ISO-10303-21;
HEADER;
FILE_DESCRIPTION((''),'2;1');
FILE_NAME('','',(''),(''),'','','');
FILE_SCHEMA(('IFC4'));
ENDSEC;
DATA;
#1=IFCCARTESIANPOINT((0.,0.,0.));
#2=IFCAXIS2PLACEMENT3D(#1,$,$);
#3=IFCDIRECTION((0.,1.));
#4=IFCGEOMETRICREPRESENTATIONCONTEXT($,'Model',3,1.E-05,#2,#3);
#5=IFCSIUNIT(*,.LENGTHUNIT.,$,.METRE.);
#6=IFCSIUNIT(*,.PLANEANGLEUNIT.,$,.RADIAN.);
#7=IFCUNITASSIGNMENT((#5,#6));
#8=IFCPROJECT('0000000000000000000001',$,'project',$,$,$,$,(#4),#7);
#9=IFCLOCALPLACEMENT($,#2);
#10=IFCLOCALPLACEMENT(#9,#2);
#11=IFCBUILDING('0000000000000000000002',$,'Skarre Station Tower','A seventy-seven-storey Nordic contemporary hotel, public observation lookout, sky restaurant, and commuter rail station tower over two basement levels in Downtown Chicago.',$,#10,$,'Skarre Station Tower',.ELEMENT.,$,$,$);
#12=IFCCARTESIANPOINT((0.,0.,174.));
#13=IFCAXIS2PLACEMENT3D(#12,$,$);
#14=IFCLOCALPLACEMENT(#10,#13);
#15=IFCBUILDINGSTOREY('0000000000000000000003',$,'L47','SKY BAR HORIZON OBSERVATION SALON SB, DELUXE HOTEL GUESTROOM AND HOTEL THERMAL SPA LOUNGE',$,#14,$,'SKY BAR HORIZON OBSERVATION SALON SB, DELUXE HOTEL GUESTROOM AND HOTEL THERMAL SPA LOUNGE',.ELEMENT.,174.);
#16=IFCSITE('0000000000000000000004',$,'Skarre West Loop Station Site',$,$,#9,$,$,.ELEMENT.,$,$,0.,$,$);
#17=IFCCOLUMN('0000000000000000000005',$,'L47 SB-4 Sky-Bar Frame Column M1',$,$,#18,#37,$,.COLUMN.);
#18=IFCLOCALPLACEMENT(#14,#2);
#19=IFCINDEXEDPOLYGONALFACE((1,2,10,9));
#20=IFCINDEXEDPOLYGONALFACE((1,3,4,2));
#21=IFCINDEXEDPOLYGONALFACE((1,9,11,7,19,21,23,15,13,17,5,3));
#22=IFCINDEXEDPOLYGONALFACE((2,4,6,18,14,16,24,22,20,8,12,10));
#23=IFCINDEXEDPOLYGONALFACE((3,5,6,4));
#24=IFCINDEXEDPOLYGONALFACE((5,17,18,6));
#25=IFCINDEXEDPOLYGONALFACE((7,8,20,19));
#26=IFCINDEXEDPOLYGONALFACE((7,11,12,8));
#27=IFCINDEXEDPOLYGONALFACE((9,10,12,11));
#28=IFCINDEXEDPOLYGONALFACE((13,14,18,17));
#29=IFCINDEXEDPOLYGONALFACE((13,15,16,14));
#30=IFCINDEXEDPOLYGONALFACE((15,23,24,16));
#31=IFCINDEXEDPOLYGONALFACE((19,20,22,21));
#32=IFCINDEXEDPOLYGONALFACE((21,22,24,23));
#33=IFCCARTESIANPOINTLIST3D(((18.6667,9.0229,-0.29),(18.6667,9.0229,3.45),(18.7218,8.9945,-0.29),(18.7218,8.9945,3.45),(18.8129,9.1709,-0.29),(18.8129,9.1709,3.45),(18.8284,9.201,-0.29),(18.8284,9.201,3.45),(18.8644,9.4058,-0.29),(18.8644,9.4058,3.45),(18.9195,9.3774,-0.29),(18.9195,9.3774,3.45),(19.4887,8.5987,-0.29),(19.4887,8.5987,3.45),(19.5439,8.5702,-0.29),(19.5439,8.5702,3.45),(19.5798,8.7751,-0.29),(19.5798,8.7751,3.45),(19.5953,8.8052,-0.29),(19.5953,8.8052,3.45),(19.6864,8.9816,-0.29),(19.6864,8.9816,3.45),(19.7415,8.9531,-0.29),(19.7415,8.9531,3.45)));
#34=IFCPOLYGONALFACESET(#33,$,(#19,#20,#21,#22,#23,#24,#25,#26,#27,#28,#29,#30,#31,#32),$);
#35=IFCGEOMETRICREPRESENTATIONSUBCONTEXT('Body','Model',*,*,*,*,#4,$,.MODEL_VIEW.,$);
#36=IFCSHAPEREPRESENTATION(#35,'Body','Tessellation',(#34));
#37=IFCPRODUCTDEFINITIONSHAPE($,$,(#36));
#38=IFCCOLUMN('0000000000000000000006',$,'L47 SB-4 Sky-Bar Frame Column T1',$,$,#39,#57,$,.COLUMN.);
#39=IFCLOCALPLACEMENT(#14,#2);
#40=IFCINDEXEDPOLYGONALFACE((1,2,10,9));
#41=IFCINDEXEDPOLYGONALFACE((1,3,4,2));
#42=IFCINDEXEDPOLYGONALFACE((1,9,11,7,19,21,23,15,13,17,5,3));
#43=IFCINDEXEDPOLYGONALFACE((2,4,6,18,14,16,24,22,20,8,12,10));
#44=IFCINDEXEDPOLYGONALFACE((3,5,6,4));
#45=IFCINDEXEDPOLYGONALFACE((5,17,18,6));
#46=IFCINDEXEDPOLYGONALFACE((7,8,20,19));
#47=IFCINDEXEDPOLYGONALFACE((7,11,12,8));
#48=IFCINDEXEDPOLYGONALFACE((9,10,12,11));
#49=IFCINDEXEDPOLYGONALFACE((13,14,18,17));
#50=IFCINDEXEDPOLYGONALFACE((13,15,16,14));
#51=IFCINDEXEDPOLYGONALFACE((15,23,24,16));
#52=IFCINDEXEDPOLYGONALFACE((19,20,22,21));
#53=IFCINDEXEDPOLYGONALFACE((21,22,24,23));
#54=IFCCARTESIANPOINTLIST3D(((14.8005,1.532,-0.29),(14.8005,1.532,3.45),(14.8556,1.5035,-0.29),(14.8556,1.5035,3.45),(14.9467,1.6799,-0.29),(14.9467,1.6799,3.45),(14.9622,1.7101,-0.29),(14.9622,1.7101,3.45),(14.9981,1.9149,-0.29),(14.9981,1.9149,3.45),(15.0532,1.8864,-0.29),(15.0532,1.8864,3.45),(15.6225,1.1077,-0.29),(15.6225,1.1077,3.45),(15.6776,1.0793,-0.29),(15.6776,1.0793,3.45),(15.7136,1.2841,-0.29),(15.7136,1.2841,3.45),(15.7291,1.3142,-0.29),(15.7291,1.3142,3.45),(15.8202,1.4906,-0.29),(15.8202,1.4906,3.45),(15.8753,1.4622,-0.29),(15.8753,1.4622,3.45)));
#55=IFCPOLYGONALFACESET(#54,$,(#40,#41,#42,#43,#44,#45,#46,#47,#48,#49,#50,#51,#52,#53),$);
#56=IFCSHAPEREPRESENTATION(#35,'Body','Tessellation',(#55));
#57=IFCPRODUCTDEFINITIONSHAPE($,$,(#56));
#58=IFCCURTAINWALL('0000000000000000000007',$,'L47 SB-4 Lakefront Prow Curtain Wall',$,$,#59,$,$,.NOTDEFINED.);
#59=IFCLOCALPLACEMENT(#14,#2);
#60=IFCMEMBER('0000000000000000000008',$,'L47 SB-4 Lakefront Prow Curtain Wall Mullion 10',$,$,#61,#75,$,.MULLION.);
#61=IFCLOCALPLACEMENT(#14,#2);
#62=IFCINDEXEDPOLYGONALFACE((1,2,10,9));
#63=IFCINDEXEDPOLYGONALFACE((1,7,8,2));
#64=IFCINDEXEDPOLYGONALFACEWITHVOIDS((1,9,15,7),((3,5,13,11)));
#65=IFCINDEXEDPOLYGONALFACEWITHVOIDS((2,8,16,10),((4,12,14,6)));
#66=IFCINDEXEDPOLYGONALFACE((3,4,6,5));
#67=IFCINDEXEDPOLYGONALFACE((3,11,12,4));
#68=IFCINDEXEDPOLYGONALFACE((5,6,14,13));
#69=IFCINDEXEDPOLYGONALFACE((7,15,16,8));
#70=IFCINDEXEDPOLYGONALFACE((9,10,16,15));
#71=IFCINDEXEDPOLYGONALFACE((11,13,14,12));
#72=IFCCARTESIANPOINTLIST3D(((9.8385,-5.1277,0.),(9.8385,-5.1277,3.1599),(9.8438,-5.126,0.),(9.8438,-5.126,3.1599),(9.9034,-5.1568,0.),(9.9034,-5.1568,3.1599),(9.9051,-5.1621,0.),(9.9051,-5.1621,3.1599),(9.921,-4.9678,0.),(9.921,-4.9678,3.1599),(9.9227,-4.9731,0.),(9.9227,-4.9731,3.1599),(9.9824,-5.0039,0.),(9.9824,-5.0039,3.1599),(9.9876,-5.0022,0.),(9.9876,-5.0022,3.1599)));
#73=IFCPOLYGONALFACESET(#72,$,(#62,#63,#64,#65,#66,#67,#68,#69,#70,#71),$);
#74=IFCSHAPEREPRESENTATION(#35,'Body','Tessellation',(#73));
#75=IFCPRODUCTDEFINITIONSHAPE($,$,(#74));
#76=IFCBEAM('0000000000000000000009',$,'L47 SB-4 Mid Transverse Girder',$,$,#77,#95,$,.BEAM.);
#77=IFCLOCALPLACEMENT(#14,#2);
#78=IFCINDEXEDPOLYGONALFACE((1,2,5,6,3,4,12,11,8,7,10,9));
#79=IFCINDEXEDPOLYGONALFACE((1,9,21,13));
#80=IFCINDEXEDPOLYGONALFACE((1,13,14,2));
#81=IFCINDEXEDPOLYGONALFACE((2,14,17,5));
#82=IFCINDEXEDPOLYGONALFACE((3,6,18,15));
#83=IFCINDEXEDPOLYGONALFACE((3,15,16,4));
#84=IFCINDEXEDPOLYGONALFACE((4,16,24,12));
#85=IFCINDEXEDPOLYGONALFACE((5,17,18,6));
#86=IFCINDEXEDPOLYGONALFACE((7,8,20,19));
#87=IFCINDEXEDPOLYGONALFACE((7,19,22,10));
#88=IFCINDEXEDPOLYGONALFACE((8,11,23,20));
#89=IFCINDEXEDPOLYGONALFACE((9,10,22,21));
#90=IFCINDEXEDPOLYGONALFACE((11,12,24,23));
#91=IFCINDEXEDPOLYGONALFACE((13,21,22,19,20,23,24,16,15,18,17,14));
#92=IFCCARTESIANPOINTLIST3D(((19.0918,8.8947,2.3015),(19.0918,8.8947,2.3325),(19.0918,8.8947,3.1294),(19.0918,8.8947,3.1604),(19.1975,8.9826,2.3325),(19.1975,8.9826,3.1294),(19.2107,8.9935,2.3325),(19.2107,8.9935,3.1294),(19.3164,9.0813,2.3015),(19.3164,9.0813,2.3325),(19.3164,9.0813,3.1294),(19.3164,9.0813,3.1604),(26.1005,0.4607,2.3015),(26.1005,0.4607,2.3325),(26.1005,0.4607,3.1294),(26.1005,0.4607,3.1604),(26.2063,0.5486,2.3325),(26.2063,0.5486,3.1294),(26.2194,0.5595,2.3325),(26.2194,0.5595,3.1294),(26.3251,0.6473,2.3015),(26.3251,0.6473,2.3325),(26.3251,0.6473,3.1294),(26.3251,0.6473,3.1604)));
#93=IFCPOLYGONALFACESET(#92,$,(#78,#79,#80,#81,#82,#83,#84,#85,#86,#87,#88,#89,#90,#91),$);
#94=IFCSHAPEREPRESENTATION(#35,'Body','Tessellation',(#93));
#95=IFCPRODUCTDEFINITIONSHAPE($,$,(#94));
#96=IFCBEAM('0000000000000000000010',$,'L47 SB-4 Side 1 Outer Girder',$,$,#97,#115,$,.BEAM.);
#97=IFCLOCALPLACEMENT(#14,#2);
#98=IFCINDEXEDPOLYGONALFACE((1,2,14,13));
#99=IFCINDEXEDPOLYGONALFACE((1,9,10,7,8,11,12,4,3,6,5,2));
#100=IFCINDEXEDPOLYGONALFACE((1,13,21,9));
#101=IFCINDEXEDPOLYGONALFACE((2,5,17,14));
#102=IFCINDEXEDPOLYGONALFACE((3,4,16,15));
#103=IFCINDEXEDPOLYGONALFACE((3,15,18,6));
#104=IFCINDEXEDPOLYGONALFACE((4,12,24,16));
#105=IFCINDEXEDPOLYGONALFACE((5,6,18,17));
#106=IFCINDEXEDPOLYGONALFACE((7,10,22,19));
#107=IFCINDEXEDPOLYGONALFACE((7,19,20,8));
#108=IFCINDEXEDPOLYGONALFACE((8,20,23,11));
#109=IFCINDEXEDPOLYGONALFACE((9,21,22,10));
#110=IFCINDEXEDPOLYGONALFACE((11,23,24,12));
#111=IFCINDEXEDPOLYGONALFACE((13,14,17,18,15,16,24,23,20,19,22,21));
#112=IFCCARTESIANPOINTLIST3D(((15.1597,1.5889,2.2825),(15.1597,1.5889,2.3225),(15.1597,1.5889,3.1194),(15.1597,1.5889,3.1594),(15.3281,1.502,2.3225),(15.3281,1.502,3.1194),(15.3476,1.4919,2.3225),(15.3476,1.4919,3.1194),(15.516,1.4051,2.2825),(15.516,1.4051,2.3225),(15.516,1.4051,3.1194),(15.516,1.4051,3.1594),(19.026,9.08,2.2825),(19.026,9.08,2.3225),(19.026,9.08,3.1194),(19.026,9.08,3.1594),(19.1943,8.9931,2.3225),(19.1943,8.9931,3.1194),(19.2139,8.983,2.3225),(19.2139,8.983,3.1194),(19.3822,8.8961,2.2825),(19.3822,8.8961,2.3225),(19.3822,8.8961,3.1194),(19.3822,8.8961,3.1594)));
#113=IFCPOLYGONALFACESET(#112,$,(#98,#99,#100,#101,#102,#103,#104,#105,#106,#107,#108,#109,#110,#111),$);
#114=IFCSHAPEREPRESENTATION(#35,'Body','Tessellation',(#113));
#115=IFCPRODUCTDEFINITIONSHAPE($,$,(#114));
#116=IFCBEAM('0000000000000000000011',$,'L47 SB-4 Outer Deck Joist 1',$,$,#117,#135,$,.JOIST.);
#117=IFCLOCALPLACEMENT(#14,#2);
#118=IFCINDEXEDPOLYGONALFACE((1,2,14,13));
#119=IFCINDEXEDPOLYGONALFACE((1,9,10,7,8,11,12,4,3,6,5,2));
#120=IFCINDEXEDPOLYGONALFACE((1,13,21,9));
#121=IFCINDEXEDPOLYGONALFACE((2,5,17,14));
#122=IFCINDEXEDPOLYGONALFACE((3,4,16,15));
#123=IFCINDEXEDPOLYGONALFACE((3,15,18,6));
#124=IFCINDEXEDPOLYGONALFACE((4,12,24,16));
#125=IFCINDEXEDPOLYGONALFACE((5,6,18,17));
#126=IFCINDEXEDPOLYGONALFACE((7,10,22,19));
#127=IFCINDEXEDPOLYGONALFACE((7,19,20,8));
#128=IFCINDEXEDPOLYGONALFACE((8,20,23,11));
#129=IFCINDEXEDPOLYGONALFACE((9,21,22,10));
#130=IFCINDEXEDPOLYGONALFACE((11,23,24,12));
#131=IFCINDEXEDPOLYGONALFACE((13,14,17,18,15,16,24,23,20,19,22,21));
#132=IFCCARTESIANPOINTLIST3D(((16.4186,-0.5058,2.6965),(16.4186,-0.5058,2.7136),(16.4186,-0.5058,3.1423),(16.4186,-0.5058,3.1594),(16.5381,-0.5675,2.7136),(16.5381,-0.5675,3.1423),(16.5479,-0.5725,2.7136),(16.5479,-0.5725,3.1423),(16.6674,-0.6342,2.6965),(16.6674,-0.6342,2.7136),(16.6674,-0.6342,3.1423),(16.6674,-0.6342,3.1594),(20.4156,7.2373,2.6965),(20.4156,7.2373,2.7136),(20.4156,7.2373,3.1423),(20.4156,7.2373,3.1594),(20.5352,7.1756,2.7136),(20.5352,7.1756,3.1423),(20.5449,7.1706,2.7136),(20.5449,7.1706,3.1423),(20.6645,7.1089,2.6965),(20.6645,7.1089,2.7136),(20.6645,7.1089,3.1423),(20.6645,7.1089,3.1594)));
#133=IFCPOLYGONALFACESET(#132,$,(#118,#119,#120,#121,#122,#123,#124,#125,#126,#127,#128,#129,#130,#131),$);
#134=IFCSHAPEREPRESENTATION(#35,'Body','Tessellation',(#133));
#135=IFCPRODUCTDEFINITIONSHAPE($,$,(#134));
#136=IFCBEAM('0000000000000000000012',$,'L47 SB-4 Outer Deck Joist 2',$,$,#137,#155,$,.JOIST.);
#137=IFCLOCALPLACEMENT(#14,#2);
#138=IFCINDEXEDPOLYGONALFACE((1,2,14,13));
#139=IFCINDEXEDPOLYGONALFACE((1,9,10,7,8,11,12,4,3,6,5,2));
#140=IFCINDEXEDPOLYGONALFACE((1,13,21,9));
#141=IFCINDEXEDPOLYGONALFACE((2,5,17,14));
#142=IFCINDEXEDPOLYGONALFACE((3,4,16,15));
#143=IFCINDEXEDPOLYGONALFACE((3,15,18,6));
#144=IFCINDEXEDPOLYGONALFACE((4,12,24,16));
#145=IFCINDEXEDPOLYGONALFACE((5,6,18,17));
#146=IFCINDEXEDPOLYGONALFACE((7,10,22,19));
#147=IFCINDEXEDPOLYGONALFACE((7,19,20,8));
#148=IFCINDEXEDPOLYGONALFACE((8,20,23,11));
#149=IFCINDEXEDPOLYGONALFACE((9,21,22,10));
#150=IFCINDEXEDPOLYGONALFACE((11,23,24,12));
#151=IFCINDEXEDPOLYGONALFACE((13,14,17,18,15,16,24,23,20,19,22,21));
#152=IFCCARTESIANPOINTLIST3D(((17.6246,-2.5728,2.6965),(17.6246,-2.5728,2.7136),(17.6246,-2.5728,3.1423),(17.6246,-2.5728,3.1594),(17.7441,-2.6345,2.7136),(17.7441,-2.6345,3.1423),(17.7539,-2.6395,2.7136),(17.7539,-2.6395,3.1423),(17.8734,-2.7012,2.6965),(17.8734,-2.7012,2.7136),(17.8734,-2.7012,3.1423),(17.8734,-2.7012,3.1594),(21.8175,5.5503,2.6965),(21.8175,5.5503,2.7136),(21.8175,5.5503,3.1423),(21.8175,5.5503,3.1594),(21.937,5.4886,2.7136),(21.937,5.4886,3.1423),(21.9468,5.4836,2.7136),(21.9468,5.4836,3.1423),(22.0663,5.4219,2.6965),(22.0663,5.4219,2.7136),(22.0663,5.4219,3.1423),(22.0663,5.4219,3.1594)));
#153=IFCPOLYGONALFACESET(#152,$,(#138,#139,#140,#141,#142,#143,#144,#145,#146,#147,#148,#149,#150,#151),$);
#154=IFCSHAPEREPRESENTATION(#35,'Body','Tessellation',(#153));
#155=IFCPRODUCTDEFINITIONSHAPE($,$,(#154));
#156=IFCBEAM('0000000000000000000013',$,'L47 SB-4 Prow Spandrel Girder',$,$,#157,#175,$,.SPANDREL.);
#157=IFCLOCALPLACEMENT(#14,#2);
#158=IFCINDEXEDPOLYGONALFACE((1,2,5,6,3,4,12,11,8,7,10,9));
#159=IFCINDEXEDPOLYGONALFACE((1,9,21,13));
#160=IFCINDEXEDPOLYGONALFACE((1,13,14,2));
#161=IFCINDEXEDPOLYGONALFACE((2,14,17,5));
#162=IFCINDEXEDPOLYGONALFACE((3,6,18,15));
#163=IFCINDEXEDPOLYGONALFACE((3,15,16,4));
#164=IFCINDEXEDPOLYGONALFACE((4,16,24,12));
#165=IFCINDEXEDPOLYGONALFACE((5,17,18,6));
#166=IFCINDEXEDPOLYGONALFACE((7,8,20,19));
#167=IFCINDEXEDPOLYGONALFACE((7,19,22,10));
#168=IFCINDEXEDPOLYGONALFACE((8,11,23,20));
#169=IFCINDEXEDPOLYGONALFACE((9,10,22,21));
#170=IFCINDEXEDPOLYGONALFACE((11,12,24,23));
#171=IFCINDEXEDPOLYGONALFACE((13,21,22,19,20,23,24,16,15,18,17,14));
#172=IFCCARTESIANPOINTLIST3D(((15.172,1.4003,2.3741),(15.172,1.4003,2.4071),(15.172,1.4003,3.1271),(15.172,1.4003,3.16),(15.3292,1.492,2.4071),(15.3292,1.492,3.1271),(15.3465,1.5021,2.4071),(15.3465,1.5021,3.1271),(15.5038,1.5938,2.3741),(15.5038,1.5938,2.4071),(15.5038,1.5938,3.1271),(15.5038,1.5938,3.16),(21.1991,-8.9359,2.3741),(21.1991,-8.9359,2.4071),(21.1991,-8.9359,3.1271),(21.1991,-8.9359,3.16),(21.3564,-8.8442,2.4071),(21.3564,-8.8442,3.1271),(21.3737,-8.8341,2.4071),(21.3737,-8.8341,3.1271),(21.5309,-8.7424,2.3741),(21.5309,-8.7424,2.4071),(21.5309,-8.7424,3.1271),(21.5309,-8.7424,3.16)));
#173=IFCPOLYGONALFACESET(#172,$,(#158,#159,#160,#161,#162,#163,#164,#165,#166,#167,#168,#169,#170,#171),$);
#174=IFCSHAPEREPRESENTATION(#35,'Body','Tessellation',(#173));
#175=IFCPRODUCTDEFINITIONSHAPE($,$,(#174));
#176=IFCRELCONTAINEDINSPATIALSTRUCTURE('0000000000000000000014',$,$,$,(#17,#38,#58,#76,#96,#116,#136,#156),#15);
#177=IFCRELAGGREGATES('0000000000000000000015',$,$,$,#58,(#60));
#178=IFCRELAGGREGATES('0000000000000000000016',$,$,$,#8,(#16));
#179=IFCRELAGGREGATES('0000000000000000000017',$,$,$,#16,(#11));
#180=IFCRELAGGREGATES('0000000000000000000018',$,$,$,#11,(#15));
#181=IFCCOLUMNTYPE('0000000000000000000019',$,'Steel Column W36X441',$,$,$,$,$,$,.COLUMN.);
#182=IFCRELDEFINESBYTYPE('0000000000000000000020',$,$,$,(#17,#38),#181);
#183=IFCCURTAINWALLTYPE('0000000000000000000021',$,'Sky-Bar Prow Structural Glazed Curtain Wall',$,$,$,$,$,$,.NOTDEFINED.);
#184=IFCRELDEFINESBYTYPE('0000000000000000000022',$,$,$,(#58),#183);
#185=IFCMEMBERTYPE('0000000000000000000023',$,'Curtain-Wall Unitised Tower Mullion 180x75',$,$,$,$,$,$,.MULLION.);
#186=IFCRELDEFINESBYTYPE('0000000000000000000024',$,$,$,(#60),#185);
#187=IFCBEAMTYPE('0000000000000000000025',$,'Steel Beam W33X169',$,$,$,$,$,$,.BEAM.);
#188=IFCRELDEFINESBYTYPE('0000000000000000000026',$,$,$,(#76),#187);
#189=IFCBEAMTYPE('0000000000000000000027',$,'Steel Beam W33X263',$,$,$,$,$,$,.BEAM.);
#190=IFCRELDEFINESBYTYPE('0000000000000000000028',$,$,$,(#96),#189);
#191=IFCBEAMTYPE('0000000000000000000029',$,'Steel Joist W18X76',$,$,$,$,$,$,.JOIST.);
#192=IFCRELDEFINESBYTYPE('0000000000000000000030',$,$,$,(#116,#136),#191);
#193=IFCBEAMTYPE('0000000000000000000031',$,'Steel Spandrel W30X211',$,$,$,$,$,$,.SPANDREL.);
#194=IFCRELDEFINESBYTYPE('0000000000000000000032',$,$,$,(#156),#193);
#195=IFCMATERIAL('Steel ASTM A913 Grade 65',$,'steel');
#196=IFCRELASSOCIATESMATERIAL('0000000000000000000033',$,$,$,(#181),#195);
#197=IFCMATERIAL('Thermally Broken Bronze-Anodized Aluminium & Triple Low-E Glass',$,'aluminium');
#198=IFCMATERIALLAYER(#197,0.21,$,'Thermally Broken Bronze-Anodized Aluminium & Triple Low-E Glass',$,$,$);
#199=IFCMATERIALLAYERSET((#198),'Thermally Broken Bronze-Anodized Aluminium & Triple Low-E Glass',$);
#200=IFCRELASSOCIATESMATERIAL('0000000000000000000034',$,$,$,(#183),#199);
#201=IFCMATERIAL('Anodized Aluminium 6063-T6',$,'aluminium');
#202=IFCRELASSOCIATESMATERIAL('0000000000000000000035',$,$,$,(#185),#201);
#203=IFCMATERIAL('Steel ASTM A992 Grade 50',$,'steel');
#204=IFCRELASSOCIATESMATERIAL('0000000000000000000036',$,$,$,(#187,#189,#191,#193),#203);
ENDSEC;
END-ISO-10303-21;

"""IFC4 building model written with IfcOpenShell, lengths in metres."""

from ifc_helpers import new_model, si_unit, direction, frame, origin, origin_2d, place, context, subcontext, project, spatial, hollow_rectangle, i_section, extrude, material, layer, layer_set, material_profile, profile_set, type_object, element, aggregate, save


model = new_model("IFC4")

# Units and contexts
model_context = context("Model", 3, precision=1e-05, world=origin(), true_north=direction((0.0, 1.0)))
body_context = subcontext(model_context, "Body", "Model", "MODEL_VIEW")
ifc_project = project(units=[si_unit("LENGTHUNIT", "METRE"), si_unit("PLANEANGLEUNIT", "RADIAN")], contexts=[model_context])

# Site, building, storey
site_placement = place(None, origin())
site = spatial("IfcSite", under=ifc_project, at=site_placement, Name="Skarre West Loop Station Site", CompositionType="ELEMENT", RefElevation=0.0)
building_placement = place(site_placement, origin())
building = spatial("IfcBuilding", under=site, at=building_placement, Name="Skarre Station Tower", Description="A seventy-seven-storey Nordic contemporary hotel, public observation lookout, sky restaurant, and commuter rail station tower over two basement levels in Downtown Chicago.", LongName="Skarre Station Tower", CompositionType="ELEMENT")
storey_placement = place(building_placement, frame((0.0, 0.0, 174.0)))
storey = spatial("IfcBuildingStorey", under=building, at=storey_placement, Name="L47", Description="SKY BAR HORIZON OBSERVATION SALON SB, DELUXE HOTEL GUESTROOM AND HOTEL THERMAL SPA LOUNGE", LongName="SKY BAR HORIZON OBSERVATION SALON SB, DELUXE HOTEL GUESTROOM AND HOTEL THERMAL SPA LOUNGE", CompositionType="ELEMENT", Elevation=174.0)

# Columns
ifc_material_1 = material(Name="Steel ASTM A913 Grade 65", Category="steel")
ifc_material_profile_1 = material_profile(ifc_material_1, i_section(OverallWidth=0.4309, OverallDepth=0.9871, WebThickness=0.0339, FlangeThickness=0.062, at=origin_2d()), Name="Steel ASTM A913 Grade 65")
ifc_profile_set_1 = profile_set([ifc_material_profile_1], Name="Steel ASTM A913 Grade 65")
column_type = type_object("IfcColumnType", Name="Steel Column W36X441", PredefinedType="COLUMN", material=ifc_profile_set_1)
for number, where, z_axis, x_axis, name in (
    (1, (19.2041, 8.988, -0.29), (0.0, 0.0, 1.0), (-0.458634, -0.888625, 0.0), "L47 SB-4 Sky-Bar Frame Column M1"),
    (2, (15.3379, 1.4971, -0.29), (0.0, 0.0, 1.0), (-0.458634, -0.888625, 0.0), "L47 SB-4 Sky-Bar Frame Column T1"),
):
    element("IfcColumn", number, at=place(storey_placement, frame(where, z_axis=z_axis, x_axis=x_axis)), inside=storey, type_object=column_type, Name=name, PredefinedType="COLUMN", context=body_context, shape_type="SweptSolid", body=[
        extrude(i_section(OverallWidth=0.4309, OverallDepth=0.9871, WebThickness=0.0339, FlangeThickness=0.062, at=origin_2d()), origin(), (0.0, 0.0, 1.0), 3.74),
    ])

# Curtain wall, member
ifc_material_2 = material(Name="Thermally Broken Bronze-Anodized Aluminium & Triple Low-E Glass", Category="aluminium")
ifc_layer_1 = layer(ifc_material_2, 0.21, Name="Thermally Broken Bronze-Anodized Aluminium & Triple Low-E Glass")
ifc_layer_set_1 = layer_set([ifc_layer_1], Name="Thermally Broken Bronze-Anodized Aluminium & Triple Low-E Glass")
curtain_wall_type = type_object("IfcCurtainWallType", Name="Sky-Bar Prow Structural Glazed Curtain Wall", PredefinedType="NOTDEFINED", material=ifc_layer_set_1)
curtain_wall_placement = place(storey_placement, origin())
curtain_wall = element("IfcCurtainWall", 3, at=curtain_wall_placement, inside=storey, type_object=curtain_wall_type, Name="L47 SB-4 Lakefront Prow Curtain Wall", PredefinedType="NOTDEFINED")
ifc_material_3 = material(Name="Anodized Aluminium 6063-T6", Category="aluminium")
ifc_material_profile_2 = material_profile(ifc_material_3, hollow_rectangle(XDim=0.075, YDim=0.1799, WallThickness=0.0039, at=origin_2d()), Name="Anodized Aluminium 6063-T6")
ifc_profile_set_2 = profile_set([ifc_material_profile_2], Name="Anodized Aluminium 6063-T6")
member_type = type_object("IfcMemberType", Name="Curtain-Wall Unitised Tower Mullion 180x75", PredefinedType="MULLION", material=ifc_profile_set_2)
member_placement = place(storey_placement, frame((9.9131, -5.0649, 0.0), z_axis=(0.0, 0.0, 1.0), x_axis=(-0.888625, 0.458634, 0.0)))
member = element("IfcMember", 4, at=member_placement, type_object=member_type, Name="L47 SB-4 Lakefront Prow Curtain Wall Mullion 10", PredefinedType="MULLION", context=body_context, shape_type="SweptSolid", body=[
    extrude(hollow_rectangle(XDim=0.075, YDim=0.1799, WallThickness=0.0039, at=origin_2d()), origin(), (0.0, 0.0, 1.0), 3.1599),
])
aggregate(curtain_wall, [member])

# Beams
ifc_material_4 = material(Name="Steel ASTM A992 Grade 50", Category="steel")
ifc_material_profile_3 = material_profile(ifc_material_4, i_section(OverallWidth=0.292, OverallDepth=0.8589, WebThickness=0.0171, FlangeThickness=0.031, at=origin_2d()), Name="Steel ASTM A992 Grade 50")
ifc_profile_set_3 = profile_set([ifc_material_profile_3], Name="Steel ASTM A992 Grade 50")
beam_type_1 = type_object("IfcBeamType", Name="Steel Beam W33X169", PredefinedType="BEAM", material=ifc_profile_set_3)
beam_1_placement = place(storey_placement, frame((19.2041, 8.988, 2.731), z_axis=(0.639128, -0.7691, 0.0), x_axis=(0.7691, 0.639128, 0.0)))
element("IfcBeam", 5, at=beam_1_placement, inside=storey, type_object=beam_type_1, Name="L47 SB-4 Mid Transverse Girder", PredefinedType="BEAM", context=body_context, shape_type="SweptSolid", body=[
    extrude(i_section(OverallWidth=0.292, OverallDepth=0.8589, WebThickness=0.0171, FlangeThickness=0.031, at=origin_2d()), origin(), (0.0, 0.0, 1.0), 10.9661),
])
ifc_material_profile_4 = material_profile(ifc_material_4, i_section(OverallWidth=0.4009, OverallDepth=0.877, WebThickness=0.022, FlangeThickness=0.04, at=origin_2d()), Name="Steel ASTM A992 Grade 50")
ifc_profile_set_4 = profile_set([ifc_material_profile_4], Name="Steel ASTM A992 Grade 50")
beam_type_2 = type_object("IfcBeamType", Name="Steel Beam W33X263", PredefinedType="BEAM", material=ifc_profile_set_4)
beam_2_placement = place(storey_placement, frame((19.2041, 8.988, 2.7209), z_axis=(-0.458634, -0.888625, 0.0), x_axis=(0.888625, -0.458634, 0.0)))
element("IfcBeam", 6, at=beam_2_placement, inside=storey, type_object=beam_type_2, Name="L47 SB-4 Side 1 Outer Girder", PredefinedType="BEAM", context=body_context, shape_type="SweptSolid", body=[
    extrude(i_section(OverallWidth=0.4009, OverallDepth=0.877, WebThickness=0.022, FlangeThickness=0.04, at=origin_2d()), origin(), (0.0, 0.0, 1.0), 8.4299),
])
ifc_material_profile_5 = material_profile(ifc_material_4, i_section(OverallWidth=0.28, OverallDepth=0.4629, WebThickness=0.011, FlangeThickness=0.0171, at=origin_2d()), Name="Steel ASTM A992 Grade 50")
ifc_profile_set_5 = profile_set([ifc_material_profile_5], Name="Steel ASTM A992 Grade 50")
beam_type_3 = type_object("IfcBeamType", Name="Steel Joist W18X76", PredefinedType="JOIST", material=ifc_profile_set_5)
beam_3_placement = place(storey_placement, frame((20.54, 7.1731, 2.928), z_axis=(-0.458697, -0.888593, 0.0), x_axis=(0.888593, -0.458697, 0.0)))
element("IfcBeam", 7, at=beam_3_placement, inside=storey, type_object=beam_type_3, Name="L47 SB-4 Outer Deck Joist 1", PredefinedType="JOIST", context=body_context, shape_type="SweptSolid", body=[
    extrude(i_section(OverallWidth=0.28, OverallDepth=0.4629, WebThickness=0.011, FlangeThickness=0.0171, at=origin_2d()), origin(), (0.0, 0.0, 1.0), 8.7139),
])
beam_4_placement = place(storey_placement, frame((21.9419, 5.4861, 2.928), z_axis=(-0.458671, -0.888606, 0.0), x_axis=(0.888606, -0.458671, 0.0)))
element("IfcBeam", 8, at=beam_4_placement, inside=storey, type_object=beam_type_3, Name="L47 SB-4 Outer Deck Joist 2", PredefinedType="JOIST", context=body_context, shape_type="SweptSolid", body=[
    extrude(i_section(OverallWidth=0.28, OverallDepth=0.4629, WebThickness=0.011, FlangeThickness=0.0171, at=origin_2d()), origin(), (0.0, 0.0, 1.0), 9.1414),
])
ifc_material_profile_6 = material_profile(ifc_material_4, i_section(OverallWidth=0.384, OverallDepth=0.7859, WebThickness=0.02, FlangeThickness=0.033, at=origin_2d()), Name="Steel ASTM A992 Grade 50")
ifc_profile_set_6 = profile_set([ifc_material_profile_6], Name="Steel ASTM A992 Grade 50")
beam_type_4 = type_object("IfcBeamType", Name="Steel Spandrel W30X211", PredefinedType="SPANDREL", material=ifc_profile_set_6)
beam_5_placement = place(storey_placement, frame((15.3379, 1.4971, 2.7671), z_axis=(0.503725, -0.863864, 0.0), x_axis=(0.863864, 0.503725, 0.0)))
element("IfcBeam", 9, at=beam_5_placement, inside=storey, type_object=beam_type_4, Name="L47 SB-4 Prow Spandrel Girder", PredefinedType="SPANDREL", context=body_context, shape_type="SweptSolid", body=[
    extrude(i_section(OverallWidth=0.384, OverallDepth=0.7859, WebThickness=0.02, FlangeThickness=0.033, at=origin_2d()), origin(), (0.0, 0.0, 1.0), 11.9651),
])

save(model, "model.ifc")
